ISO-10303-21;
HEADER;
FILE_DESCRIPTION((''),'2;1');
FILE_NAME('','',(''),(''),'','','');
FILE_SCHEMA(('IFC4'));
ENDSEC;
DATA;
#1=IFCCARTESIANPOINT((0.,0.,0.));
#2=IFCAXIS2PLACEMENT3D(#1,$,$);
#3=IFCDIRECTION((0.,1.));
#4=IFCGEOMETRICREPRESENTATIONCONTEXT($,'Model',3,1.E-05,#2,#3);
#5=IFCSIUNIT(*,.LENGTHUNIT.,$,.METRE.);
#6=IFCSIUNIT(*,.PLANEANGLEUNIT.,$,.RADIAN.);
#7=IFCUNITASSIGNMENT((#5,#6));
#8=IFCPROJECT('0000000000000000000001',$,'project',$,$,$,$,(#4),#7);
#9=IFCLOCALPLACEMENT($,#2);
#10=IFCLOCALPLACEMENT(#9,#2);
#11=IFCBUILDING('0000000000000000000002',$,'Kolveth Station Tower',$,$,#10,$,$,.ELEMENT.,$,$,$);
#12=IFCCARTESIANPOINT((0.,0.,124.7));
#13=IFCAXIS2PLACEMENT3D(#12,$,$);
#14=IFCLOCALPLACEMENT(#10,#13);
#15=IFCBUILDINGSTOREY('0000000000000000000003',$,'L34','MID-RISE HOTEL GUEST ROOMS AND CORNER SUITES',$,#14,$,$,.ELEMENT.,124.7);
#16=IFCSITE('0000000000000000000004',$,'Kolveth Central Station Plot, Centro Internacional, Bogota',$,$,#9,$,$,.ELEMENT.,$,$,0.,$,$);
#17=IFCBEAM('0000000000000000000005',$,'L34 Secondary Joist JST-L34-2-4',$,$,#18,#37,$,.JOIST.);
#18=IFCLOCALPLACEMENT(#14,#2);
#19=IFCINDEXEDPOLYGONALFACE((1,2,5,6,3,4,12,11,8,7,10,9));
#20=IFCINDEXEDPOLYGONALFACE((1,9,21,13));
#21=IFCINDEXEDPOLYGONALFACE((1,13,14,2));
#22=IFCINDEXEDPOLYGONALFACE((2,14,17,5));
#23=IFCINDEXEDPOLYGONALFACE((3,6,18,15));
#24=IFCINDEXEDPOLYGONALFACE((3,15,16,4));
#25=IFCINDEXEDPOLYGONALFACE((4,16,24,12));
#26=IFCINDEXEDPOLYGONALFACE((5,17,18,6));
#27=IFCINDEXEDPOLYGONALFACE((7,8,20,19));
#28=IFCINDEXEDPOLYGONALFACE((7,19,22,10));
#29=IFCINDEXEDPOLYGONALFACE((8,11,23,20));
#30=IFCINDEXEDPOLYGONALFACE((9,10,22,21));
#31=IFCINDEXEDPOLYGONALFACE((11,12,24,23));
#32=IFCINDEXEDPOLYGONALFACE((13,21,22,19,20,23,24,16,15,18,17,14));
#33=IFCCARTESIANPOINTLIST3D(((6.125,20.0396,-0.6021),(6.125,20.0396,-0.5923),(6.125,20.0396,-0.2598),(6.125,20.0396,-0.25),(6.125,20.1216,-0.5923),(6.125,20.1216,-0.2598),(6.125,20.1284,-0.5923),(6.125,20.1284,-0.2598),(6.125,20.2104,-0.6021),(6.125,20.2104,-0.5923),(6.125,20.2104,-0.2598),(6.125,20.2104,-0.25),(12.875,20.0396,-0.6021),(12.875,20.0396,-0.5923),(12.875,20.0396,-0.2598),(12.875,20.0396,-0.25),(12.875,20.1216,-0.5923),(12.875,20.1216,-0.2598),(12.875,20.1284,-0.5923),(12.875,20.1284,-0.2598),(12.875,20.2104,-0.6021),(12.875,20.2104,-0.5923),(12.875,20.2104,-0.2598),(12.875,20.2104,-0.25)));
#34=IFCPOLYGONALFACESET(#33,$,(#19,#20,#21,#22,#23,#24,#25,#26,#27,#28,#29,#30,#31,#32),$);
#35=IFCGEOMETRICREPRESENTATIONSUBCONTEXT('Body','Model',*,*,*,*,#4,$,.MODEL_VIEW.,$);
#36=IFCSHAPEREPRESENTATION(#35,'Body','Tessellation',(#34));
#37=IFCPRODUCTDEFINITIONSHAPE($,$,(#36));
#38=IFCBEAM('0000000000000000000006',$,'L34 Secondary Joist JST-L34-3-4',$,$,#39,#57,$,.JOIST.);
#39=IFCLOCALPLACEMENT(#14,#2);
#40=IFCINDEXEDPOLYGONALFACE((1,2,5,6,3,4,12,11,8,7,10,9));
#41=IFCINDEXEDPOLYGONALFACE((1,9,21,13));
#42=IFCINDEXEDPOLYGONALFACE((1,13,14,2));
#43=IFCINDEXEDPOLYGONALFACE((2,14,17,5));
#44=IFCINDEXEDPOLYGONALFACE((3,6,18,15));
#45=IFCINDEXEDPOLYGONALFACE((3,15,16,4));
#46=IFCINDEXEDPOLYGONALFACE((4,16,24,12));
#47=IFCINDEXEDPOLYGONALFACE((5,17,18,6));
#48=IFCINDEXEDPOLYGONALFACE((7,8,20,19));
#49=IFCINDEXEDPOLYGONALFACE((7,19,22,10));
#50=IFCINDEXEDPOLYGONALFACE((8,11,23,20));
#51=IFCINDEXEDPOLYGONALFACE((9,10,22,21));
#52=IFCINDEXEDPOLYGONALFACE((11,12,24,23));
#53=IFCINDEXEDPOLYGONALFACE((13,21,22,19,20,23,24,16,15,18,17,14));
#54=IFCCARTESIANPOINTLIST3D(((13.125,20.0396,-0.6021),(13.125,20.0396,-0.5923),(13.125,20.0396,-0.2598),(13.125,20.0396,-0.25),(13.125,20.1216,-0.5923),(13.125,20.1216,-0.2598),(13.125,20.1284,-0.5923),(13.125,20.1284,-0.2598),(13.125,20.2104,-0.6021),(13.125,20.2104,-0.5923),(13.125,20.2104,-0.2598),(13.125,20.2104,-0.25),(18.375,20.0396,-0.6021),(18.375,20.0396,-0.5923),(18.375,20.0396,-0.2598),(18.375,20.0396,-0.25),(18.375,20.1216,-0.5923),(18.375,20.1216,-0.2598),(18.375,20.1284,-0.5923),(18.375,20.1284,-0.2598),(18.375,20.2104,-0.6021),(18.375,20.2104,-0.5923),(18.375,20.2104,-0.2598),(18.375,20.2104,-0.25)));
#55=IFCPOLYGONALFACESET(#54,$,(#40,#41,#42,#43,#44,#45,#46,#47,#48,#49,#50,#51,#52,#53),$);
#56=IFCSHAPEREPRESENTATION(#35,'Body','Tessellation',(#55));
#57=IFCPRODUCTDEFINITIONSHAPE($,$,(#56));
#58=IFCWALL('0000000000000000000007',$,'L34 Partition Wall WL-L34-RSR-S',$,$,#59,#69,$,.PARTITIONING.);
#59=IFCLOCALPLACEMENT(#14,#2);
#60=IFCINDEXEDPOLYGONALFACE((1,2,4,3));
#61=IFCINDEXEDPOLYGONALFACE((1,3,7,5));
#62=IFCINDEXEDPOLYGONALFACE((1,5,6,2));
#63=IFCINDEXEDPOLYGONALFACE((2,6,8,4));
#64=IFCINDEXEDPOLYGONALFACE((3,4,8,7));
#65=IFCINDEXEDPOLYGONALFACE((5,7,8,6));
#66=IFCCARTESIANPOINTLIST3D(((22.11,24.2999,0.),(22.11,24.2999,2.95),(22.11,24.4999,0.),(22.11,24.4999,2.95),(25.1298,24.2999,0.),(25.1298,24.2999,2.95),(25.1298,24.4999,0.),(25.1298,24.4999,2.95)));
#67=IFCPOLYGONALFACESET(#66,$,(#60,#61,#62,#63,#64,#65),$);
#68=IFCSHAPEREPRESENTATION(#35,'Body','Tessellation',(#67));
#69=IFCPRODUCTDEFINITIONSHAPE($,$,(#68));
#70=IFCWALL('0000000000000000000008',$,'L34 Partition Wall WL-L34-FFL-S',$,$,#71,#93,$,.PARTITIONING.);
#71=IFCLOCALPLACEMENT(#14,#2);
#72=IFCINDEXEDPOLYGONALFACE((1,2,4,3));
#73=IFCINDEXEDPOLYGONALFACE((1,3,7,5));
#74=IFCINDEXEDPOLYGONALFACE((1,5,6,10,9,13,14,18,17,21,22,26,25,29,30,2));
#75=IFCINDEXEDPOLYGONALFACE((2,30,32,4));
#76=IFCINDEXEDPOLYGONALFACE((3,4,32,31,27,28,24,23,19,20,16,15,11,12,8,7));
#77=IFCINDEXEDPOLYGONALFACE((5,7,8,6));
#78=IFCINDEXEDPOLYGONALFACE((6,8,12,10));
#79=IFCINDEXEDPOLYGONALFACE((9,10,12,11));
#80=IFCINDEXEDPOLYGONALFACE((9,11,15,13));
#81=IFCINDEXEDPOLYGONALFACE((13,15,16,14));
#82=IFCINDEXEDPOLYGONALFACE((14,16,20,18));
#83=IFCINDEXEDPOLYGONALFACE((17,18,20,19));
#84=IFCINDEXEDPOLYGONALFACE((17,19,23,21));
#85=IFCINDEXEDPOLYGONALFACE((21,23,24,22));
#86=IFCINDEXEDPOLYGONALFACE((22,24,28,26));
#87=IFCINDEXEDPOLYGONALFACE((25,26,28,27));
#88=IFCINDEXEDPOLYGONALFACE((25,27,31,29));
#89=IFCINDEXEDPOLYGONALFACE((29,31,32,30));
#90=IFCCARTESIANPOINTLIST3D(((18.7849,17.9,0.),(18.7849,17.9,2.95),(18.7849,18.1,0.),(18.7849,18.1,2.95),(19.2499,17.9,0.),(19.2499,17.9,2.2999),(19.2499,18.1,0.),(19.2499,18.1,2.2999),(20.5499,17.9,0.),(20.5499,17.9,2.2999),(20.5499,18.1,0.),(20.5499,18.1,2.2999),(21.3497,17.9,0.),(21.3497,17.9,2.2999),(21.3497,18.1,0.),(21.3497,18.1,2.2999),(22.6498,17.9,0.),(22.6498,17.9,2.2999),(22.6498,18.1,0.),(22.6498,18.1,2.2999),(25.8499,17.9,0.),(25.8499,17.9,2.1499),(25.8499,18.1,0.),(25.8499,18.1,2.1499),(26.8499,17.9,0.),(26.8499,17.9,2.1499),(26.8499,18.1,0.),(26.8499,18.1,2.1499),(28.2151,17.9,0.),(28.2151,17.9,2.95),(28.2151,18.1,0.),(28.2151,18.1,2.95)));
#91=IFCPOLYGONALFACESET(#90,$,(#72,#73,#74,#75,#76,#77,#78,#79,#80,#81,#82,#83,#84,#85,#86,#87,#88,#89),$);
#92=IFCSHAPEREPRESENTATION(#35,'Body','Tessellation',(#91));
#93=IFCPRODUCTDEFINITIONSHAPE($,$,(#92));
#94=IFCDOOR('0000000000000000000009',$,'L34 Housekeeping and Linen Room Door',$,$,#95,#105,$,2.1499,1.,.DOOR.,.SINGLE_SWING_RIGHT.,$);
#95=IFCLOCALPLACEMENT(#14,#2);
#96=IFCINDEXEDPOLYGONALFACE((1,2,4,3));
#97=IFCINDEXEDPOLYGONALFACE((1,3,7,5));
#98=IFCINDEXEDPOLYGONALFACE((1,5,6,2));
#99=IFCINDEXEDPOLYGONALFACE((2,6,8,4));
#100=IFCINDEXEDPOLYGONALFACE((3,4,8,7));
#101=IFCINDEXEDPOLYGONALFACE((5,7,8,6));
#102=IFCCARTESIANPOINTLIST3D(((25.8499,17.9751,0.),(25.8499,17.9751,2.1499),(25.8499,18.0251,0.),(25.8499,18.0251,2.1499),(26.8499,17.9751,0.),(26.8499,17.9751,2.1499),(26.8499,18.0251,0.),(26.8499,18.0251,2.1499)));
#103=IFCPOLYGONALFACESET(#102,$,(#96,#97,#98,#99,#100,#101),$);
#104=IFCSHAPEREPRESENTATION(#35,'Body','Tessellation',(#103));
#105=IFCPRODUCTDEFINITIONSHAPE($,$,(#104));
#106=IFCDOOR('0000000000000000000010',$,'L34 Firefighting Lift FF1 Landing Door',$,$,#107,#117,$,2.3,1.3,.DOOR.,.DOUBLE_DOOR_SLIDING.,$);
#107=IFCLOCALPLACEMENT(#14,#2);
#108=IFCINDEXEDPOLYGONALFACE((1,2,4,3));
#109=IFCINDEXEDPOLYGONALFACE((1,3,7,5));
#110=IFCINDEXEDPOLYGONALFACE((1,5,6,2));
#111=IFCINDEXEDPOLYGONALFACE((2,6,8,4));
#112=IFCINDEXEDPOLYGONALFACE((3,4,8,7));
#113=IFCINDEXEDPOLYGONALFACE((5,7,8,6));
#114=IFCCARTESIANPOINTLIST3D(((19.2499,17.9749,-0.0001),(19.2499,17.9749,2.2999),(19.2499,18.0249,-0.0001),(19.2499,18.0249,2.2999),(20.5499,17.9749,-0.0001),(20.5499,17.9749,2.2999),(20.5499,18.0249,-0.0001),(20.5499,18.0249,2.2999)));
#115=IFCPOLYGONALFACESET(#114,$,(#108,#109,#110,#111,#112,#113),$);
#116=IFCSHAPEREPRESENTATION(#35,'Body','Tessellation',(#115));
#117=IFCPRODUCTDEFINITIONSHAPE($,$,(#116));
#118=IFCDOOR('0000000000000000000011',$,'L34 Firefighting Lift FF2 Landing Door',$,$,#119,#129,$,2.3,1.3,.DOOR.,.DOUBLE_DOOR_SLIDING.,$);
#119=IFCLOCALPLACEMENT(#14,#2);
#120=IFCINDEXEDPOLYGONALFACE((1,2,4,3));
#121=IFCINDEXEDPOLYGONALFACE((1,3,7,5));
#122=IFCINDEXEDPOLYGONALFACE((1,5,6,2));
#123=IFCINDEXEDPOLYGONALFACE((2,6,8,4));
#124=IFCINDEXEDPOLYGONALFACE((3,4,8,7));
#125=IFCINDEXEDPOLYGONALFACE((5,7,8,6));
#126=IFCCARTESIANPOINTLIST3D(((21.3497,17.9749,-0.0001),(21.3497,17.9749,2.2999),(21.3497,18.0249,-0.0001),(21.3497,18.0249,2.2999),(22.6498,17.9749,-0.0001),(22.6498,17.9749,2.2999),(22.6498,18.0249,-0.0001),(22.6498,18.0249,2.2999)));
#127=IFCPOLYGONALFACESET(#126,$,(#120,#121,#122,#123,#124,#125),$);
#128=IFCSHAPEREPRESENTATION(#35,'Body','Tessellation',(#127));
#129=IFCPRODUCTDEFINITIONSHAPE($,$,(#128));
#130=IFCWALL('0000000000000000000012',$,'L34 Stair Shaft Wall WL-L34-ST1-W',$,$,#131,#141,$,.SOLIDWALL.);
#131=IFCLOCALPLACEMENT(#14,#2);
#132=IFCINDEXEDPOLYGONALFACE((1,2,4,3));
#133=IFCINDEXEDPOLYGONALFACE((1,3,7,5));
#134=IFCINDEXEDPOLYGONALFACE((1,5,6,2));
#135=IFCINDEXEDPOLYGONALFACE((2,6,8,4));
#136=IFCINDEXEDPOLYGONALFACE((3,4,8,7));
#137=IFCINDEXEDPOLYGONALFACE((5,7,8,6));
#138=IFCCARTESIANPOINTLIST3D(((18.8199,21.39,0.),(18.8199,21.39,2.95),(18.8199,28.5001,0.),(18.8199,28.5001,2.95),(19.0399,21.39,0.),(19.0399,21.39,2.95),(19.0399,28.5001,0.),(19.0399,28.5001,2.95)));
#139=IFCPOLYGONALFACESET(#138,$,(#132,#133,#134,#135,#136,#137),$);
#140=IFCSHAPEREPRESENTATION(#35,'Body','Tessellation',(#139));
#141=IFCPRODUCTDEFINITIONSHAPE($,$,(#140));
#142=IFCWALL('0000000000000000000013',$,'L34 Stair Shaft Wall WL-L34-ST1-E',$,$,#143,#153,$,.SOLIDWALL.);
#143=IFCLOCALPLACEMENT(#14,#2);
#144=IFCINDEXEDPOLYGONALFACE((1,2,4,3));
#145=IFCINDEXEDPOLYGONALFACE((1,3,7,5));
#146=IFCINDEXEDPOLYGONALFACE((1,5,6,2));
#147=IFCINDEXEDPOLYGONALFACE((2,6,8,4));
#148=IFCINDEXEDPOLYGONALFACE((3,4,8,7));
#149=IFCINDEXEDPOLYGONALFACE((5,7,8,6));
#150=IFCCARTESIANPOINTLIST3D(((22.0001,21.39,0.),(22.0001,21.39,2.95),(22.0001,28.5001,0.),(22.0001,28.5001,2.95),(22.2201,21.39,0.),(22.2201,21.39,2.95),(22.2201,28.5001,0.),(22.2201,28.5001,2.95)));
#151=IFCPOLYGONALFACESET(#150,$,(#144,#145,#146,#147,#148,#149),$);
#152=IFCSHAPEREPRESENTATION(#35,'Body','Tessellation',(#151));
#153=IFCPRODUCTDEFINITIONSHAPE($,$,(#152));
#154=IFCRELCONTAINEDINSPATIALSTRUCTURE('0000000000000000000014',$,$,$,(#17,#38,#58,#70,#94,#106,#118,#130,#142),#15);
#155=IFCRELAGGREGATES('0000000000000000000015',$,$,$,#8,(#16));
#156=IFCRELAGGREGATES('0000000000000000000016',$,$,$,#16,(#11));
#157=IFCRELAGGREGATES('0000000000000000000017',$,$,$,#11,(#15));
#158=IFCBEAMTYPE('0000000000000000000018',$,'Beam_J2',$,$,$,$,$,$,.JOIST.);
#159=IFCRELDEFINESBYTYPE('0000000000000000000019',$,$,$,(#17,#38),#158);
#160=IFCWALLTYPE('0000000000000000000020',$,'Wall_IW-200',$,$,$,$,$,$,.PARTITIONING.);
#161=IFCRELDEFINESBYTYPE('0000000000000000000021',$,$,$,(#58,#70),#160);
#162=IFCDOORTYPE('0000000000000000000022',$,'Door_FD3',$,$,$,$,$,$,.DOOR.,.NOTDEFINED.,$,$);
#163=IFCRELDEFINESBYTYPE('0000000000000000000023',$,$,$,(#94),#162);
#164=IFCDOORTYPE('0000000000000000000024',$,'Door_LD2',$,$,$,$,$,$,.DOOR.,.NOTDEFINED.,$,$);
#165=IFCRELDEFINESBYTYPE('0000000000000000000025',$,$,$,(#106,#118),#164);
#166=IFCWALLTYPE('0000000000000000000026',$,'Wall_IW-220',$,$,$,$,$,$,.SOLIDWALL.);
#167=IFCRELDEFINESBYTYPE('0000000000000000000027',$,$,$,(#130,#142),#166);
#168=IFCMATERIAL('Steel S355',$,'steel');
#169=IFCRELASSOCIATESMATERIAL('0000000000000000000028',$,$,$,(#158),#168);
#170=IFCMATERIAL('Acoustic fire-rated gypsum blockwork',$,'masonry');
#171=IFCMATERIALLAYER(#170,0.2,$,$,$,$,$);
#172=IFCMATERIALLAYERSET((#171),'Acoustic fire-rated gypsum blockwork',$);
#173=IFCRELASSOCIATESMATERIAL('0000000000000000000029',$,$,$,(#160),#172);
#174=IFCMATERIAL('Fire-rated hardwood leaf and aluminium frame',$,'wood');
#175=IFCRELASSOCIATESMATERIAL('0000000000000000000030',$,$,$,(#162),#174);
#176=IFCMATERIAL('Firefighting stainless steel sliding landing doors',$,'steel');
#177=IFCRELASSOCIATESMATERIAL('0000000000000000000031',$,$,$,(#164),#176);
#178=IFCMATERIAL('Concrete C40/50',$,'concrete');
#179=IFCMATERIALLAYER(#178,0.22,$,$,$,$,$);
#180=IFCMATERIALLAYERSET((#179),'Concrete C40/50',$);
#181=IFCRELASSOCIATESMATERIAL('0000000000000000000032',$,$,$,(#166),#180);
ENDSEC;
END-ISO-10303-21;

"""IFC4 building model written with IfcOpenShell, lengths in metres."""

from ifc_helpers import new_model, si_unit, direction, frame, frame_2d, origin, origin_2d, place, context, subcontext, project, spatial, rectangle, i_section, extrude, source, transform, mapped, material, layer, layer_set, material_profile, profile_set, type_object, element, fill, save


model = new_model("IFC4")

# Units and contexts
model_context = context("Model", 3, precision=1e-05, world=origin(), true_north=direction((0.0, 1.0)))
body_context = subcontext(model_context, "Body", "Model", "MODEL_VIEW")
ifc_project = project(units=[si_unit("LENGTHUNIT", "METRE"), si_unit("PLANEANGLEUNIT", "RADIAN")], contexts=[model_context])

# Site, building, storey
site_placement = place(None, origin())
site = spatial("IfcSite", under=ifc_project, at=site_placement, Name="Kolveth Central Station Plot, Centro Internacional, Bogota", CompositionType="ELEMENT", RefElevation=0.0)
building_placement = place(site_placement, origin())
building = spatial("IfcBuilding", under=site, at=building_placement, Name="Kolveth Station Tower", CompositionType="ELEMENT")
storey_placement = place(building_placement, frame((0.0, 0.0, 124.7)))
storey = spatial("IfcBuildingStorey", under=building, at=storey_placement, Name="L34", Description="MID-RISE HOTEL GUEST ROOMS AND CORNER SUITES", CompositionType="ELEMENT", Elevation=124.7)

# Shared definitions
ifc_material_1 = material(Name="Steel S355", Category="steel")

# Beams
ifc_material_profile_1 = material_profile(ifc_material_1, i_section(OverallWidth=0.1709, OverallDepth=0.3521, WebThickness=0.0068, FlangeThickness=0.0098, at=origin_2d()), Name="W360x44")
ifc_profile_set_1 = profile_set([ifc_material_profile_1], Name="Steel S355")
beam_type_1 = type_object("IfcBeamType", Name="Beam_J2", PredefinedType="JOIST", material=ifc_profile_set_1)
shared_shape_1 = source(origin(), body_context, "Body", "SweptSolid", [
    extrude(i_section(OverallWidth=0.1709, OverallDepth=0.3521, WebThickness=0.0068, FlangeThickness=0.0098, at=origin_2d()), origin(), (0.0, 0.0, 1.0), 6.75),
])
beam_1_placement = place(storey_placement, frame((6.125, 20.125, -0.426), z_axis=(1.0, 0.0, 0.0), x_axis=(0.0, 1.0, 0.0)))
element("IfcBeam", 1, at=beam_1_placement, inside=storey, type_object=beam_type_1, Name="L34 Secondary Joist JST-L34-2-4", PredefinedType="JOIST", context=body_context, shape_type="MappedRepresentation", body=[
    mapped(shared_shape_1, transform((0.0, 0.0, 0.0), x_axis=(1.0, 0.0, 0.0), y_axis=(0.0, 1.0, 0.0), z_axis=(0.0, 0.0, 1.0), scale=1.0)),
])
shared_shape_2 = source(origin(), body_context, "Body", "SweptSolid", [
    extrude(i_section(OverallWidth=0.1709, OverallDepth=0.3521, WebThickness=0.0068, FlangeThickness=0.0098, at=origin_2d()), origin(), (0.0, 0.0, 1.0), 5.25),
])
beam_2_placement = place(storey_placement, frame((13.125, 20.125, -0.426), z_axis=(1.0, 0.0, 0.0), x_axis=(0.0, 1.0, 0.0)))
element("IfcBeam", 2, at=beam_2_placement, inside=storey, type_object=beam_type_1, Name="L34 Secondary Joist JST-L34-3-4", PredefinedType="JOIST", context=body_context, shape_type="MappedRepresentation", body=[
    mapped(shared_shape_2, transform((0.0, 0.0, 0.0), x_axis=(1.0, 0.0, 0.0), y_axis=(0.0, 1.0, 0.0), z_axis=(0.0, 0.0, 1.0), scale=1.0)),
])

# Wall
ifc_material_2 = material(Name="Acoustic fire-rated gypsum blockwork", Category="masonry")
ifc_layer_1 = layer(ifc_material_2, 0.2)
ifc_layer_set_1 = layer_set([ifc_layer_1], Name="Acoustic fire-rated gypsum blockwork")
wall_type_1 = type_object("IfcWallType", Name="Wall_IW-200", PredefinedType="PARTITIONING", material=ifc_layer_set_1)
wall_1_placement = place(storey_placement, frame((22.1101, 24.3999, 0.0), z_axis=(0.0, 0.0, 1.0), x_axis=(1.0, 0.0, 0.0)))
element("IfcWall", 3, at=wall_1_placement, inside=storey, type_object=wall_type_1, Name="L34 Partition Wall WL-L34-RSR-S", PredefinedType="PARTITIONING", context=body_context, shape_type="SweptSolid", body=[
    extrude(rectangle(XDim=3.0198, YDim=0.2, at=frame_2d((1.5098, 0.0))), origin(), (0.0, 0.0, 1.0), 2.95),
])

# Wall, openings, doors
wall_2_placement = place(storey_placement, frame((18.7849, 18.0, 0.0), z_axis=(0.0, 0.0, 1.0), x_axis=(1.0, 0.0, 0.0)))
wall_2 = element("IfcWall", 4, at=wall_2_placement, inside=storey, type_object=wall_type_1, Name="L34 Partition Wall WL-L34-FFL-S", PredefinedType="PARTITIONING", context=body_context, shape_type="SweptSolid", body=[
    extrude(rectangle(XDim=9.4302, YDim=0.2, at=frame_2d((4.7151, 0.0))), origin(), (0.0, 0.0, 1.0), 2.95),
])
opening_1_placement = place(wall_2_placement, frame((0.4651, 0.0, 0.0)))
opening_1 = element("IfcOpeningElement", 5, at=opening_1_placement, cuts=wall_2, PredefinedType="OPENING", context=body_context, shape_type="SweptSolid", body=[
    extrude(rectangle(XDim=1.3, YDim=2.3, at=frame_2d((0.6499, 1.1499))), frame((0.0, 0.1099, 0.0), z_axis=(0.0, -1.0, 0.0), x_axis=(1.0, 0.0, 0.0)), (0.0, 0.0, 1.0), 0.22),
])
opening_2_placement = place(wall_2_placement, frame((2.5649, 0.0, 0.0)))
opening_2 = element("IfcOpeningElement", 6, at=opening_2_placement, cuts=wall_2, PredefinedType="OPENING", context=body_context, shape_type="SweptSolid", body=[
    extrude(rectangle(XDim=1.3, YDim=2.3, at=frame_2d((0.6499, 1.1499))), frame((0.0, 0.1099, 0.0), z_axis=(0.0, -1.0, 0.0), x_axis=(1.0, 0.0, 0.0)), (0.0, 0.0, 1.0), 0.22),
])
opening_3_placement = place(wall_2_placement, frame((7.0649, 0.0, 0.0)))
opening_3 = element("IfcOpeningElement", 7, at=opening_3_placement, cuts=wall_2, PredefinedType="OPENING", context=body_context, shape_type="SweptSolid", body=[
    extrude(rectangle(XDim=1.0, YDim=2.1499, at=frame_2d((0.5, 1.075))), frame((0.0, 0.1099, 0.0), z_axis=(0.0, -1.0, 0.0), x_axis=(1.0, 0.0, 0.0)), (0.0, 0.0, 1.0), 0.22),
])
ifc_material_3 = material(Name="Fire-rated hardwood leaf and aluminium frame", Category="wood")
door_type_1 = type_object("IfcDoorType", Name="Door_FD3", OperationType="NOTDEFINED", PredefinedType="DOOR", material=ifc_material_3)
door_1_placement = place(opening_3_placement, frame((1.0, 0.0, 0.0), z_axis=(0.0, 0.0, 1.0), x_axis=(-1.0, 0.0, 0.0)))
door_1 = element("IfcDoor", 8, at=door_1_placement, inside=storey, type_object=door_type_1, Name="L34 Housekeeping and Linen Room Door", OperationType="SINGLE_SWING_RIGHT", OverallHeight=2.1499, OverallWidth=1.0, PredefinedType="DOOR", context=body_context, shape_type="SweptSolid", body=[
    extrude(rectangle(XDim=1.0, YDim=2.1499, at=frame_2d((0.5, 1.075))), frame((0.0, 0.0249, 0.0), z_axis=(0.0, -1.0, 0.0), x_axis=(1.0, 0.0, 0.0)), (0.0, 0.0, 1.0), 0.05),
])
fill(opening_3, door_1)
ifc_material_4 = material(Name="Firefighting stainless steel sliding landing doors", Category="steel")
door_type_2 = type_object("IfcDoorType", Name="Door_LD2", OperationType="NOTDEFINED", PredefinedType="DOOR", material=ifc_material_4)
door_2_placement = place(opening_1_placement, origin())
door_2 = element("IfcDoor", 9, at=door_2_placement, inside=storey, type_object=door_type_2, Name="L34 Firefighting Lift FF1 Landing Door", OperationType="DOUBLE_DOOR_SLIDING", OverallHeight=2.3, OverallWidth=1.3, PredefinedType="DOOR", context=body_context, shape_type="SweptSolid", body=[
    extrude(rectangle(XDim=1.3, YDim=2.3, at=frame_2d((0.6499, 1.1499))), frame((0.0, 0.0249, 0.0), z_axis=(0.0, -1.0, 0.0), x_axis=(1.0, 0.0, 0.0)), (0.0, 0.0, 1.0), 0.05),
])
fill(opening_1, door_2)
door_3_placement = place(opening_2_placement, origin())
door_3 = element("IfcDoor", 10, at=door_3_placement, inside=storey, type_object=door_type_2, Name="L34 Firefighting Lift FF2 Landing Door", OperationType="DOUBLE_DOOR_SLIDING", OverallHeight=2.3, OverallWidth=1.3, PredefinedType="DOOR", context=body_context, shape_type="SweptSolid", body=[
    extrude(rectangle(XDim=1.3, YDim=2.3, at=frame_2d((0.6499, 1.1499))), frame((0.0, 0.0249, 0.0), z_axis=(0.0, -1.0, 0.0), x_axis=(1.0, 0.0, 0.0)), (0.0, 0.0, 1.0), 0.05),
])
fill(opening_2, door_3)

# Walls
ifc_material_5 = material(Name="Concrete C40/50", Category="concrete")
ifc_layer_2 = layer(ifc_material_5, 0.22)
ifc_layer_set_2 = layer_set([ifc_layer_2], Name="Concrete C40/50")
wall_type_2 = type_object("IfcWallType", Name="Wall_IW-220", PredefinedType="SOLIDWALL", material=ifc_layer_set_2)
for number, where, z_axis, x_axis, name in (
    (11, (18.9299, 21.3899, 0.0), (0.0, 0.0, 1.0), (0.0, 1.0, 0.0), "L34 Stair Shaft Wall WL-L34-ST1-W"),
    (12, (22.1101, 21.3899, 0.0), (0.0, 0.0, 1.0), (0.0, 1.0, 0.0), "L34 Stair Shaft Wall WL-L34-ST1-E"),
):
    element("IfcWall", number, at=place(storey_placement, frame(where, z_axis=z_axis, x_axis=x_axis)), inside=storey, type_object=wall_type_2, Name=name, PredefinedType="SOLIDWALL", context=body_context, shape_type="SweptSolid", body=[
        extrude(rectangle(XDim=7.1101, YDim=0.22, at=frame_2d((3.5552, 0.0))), origin(), (0.0, 0.0, 1.0), 2.95),
    ])

save(model, "model.ifc")
